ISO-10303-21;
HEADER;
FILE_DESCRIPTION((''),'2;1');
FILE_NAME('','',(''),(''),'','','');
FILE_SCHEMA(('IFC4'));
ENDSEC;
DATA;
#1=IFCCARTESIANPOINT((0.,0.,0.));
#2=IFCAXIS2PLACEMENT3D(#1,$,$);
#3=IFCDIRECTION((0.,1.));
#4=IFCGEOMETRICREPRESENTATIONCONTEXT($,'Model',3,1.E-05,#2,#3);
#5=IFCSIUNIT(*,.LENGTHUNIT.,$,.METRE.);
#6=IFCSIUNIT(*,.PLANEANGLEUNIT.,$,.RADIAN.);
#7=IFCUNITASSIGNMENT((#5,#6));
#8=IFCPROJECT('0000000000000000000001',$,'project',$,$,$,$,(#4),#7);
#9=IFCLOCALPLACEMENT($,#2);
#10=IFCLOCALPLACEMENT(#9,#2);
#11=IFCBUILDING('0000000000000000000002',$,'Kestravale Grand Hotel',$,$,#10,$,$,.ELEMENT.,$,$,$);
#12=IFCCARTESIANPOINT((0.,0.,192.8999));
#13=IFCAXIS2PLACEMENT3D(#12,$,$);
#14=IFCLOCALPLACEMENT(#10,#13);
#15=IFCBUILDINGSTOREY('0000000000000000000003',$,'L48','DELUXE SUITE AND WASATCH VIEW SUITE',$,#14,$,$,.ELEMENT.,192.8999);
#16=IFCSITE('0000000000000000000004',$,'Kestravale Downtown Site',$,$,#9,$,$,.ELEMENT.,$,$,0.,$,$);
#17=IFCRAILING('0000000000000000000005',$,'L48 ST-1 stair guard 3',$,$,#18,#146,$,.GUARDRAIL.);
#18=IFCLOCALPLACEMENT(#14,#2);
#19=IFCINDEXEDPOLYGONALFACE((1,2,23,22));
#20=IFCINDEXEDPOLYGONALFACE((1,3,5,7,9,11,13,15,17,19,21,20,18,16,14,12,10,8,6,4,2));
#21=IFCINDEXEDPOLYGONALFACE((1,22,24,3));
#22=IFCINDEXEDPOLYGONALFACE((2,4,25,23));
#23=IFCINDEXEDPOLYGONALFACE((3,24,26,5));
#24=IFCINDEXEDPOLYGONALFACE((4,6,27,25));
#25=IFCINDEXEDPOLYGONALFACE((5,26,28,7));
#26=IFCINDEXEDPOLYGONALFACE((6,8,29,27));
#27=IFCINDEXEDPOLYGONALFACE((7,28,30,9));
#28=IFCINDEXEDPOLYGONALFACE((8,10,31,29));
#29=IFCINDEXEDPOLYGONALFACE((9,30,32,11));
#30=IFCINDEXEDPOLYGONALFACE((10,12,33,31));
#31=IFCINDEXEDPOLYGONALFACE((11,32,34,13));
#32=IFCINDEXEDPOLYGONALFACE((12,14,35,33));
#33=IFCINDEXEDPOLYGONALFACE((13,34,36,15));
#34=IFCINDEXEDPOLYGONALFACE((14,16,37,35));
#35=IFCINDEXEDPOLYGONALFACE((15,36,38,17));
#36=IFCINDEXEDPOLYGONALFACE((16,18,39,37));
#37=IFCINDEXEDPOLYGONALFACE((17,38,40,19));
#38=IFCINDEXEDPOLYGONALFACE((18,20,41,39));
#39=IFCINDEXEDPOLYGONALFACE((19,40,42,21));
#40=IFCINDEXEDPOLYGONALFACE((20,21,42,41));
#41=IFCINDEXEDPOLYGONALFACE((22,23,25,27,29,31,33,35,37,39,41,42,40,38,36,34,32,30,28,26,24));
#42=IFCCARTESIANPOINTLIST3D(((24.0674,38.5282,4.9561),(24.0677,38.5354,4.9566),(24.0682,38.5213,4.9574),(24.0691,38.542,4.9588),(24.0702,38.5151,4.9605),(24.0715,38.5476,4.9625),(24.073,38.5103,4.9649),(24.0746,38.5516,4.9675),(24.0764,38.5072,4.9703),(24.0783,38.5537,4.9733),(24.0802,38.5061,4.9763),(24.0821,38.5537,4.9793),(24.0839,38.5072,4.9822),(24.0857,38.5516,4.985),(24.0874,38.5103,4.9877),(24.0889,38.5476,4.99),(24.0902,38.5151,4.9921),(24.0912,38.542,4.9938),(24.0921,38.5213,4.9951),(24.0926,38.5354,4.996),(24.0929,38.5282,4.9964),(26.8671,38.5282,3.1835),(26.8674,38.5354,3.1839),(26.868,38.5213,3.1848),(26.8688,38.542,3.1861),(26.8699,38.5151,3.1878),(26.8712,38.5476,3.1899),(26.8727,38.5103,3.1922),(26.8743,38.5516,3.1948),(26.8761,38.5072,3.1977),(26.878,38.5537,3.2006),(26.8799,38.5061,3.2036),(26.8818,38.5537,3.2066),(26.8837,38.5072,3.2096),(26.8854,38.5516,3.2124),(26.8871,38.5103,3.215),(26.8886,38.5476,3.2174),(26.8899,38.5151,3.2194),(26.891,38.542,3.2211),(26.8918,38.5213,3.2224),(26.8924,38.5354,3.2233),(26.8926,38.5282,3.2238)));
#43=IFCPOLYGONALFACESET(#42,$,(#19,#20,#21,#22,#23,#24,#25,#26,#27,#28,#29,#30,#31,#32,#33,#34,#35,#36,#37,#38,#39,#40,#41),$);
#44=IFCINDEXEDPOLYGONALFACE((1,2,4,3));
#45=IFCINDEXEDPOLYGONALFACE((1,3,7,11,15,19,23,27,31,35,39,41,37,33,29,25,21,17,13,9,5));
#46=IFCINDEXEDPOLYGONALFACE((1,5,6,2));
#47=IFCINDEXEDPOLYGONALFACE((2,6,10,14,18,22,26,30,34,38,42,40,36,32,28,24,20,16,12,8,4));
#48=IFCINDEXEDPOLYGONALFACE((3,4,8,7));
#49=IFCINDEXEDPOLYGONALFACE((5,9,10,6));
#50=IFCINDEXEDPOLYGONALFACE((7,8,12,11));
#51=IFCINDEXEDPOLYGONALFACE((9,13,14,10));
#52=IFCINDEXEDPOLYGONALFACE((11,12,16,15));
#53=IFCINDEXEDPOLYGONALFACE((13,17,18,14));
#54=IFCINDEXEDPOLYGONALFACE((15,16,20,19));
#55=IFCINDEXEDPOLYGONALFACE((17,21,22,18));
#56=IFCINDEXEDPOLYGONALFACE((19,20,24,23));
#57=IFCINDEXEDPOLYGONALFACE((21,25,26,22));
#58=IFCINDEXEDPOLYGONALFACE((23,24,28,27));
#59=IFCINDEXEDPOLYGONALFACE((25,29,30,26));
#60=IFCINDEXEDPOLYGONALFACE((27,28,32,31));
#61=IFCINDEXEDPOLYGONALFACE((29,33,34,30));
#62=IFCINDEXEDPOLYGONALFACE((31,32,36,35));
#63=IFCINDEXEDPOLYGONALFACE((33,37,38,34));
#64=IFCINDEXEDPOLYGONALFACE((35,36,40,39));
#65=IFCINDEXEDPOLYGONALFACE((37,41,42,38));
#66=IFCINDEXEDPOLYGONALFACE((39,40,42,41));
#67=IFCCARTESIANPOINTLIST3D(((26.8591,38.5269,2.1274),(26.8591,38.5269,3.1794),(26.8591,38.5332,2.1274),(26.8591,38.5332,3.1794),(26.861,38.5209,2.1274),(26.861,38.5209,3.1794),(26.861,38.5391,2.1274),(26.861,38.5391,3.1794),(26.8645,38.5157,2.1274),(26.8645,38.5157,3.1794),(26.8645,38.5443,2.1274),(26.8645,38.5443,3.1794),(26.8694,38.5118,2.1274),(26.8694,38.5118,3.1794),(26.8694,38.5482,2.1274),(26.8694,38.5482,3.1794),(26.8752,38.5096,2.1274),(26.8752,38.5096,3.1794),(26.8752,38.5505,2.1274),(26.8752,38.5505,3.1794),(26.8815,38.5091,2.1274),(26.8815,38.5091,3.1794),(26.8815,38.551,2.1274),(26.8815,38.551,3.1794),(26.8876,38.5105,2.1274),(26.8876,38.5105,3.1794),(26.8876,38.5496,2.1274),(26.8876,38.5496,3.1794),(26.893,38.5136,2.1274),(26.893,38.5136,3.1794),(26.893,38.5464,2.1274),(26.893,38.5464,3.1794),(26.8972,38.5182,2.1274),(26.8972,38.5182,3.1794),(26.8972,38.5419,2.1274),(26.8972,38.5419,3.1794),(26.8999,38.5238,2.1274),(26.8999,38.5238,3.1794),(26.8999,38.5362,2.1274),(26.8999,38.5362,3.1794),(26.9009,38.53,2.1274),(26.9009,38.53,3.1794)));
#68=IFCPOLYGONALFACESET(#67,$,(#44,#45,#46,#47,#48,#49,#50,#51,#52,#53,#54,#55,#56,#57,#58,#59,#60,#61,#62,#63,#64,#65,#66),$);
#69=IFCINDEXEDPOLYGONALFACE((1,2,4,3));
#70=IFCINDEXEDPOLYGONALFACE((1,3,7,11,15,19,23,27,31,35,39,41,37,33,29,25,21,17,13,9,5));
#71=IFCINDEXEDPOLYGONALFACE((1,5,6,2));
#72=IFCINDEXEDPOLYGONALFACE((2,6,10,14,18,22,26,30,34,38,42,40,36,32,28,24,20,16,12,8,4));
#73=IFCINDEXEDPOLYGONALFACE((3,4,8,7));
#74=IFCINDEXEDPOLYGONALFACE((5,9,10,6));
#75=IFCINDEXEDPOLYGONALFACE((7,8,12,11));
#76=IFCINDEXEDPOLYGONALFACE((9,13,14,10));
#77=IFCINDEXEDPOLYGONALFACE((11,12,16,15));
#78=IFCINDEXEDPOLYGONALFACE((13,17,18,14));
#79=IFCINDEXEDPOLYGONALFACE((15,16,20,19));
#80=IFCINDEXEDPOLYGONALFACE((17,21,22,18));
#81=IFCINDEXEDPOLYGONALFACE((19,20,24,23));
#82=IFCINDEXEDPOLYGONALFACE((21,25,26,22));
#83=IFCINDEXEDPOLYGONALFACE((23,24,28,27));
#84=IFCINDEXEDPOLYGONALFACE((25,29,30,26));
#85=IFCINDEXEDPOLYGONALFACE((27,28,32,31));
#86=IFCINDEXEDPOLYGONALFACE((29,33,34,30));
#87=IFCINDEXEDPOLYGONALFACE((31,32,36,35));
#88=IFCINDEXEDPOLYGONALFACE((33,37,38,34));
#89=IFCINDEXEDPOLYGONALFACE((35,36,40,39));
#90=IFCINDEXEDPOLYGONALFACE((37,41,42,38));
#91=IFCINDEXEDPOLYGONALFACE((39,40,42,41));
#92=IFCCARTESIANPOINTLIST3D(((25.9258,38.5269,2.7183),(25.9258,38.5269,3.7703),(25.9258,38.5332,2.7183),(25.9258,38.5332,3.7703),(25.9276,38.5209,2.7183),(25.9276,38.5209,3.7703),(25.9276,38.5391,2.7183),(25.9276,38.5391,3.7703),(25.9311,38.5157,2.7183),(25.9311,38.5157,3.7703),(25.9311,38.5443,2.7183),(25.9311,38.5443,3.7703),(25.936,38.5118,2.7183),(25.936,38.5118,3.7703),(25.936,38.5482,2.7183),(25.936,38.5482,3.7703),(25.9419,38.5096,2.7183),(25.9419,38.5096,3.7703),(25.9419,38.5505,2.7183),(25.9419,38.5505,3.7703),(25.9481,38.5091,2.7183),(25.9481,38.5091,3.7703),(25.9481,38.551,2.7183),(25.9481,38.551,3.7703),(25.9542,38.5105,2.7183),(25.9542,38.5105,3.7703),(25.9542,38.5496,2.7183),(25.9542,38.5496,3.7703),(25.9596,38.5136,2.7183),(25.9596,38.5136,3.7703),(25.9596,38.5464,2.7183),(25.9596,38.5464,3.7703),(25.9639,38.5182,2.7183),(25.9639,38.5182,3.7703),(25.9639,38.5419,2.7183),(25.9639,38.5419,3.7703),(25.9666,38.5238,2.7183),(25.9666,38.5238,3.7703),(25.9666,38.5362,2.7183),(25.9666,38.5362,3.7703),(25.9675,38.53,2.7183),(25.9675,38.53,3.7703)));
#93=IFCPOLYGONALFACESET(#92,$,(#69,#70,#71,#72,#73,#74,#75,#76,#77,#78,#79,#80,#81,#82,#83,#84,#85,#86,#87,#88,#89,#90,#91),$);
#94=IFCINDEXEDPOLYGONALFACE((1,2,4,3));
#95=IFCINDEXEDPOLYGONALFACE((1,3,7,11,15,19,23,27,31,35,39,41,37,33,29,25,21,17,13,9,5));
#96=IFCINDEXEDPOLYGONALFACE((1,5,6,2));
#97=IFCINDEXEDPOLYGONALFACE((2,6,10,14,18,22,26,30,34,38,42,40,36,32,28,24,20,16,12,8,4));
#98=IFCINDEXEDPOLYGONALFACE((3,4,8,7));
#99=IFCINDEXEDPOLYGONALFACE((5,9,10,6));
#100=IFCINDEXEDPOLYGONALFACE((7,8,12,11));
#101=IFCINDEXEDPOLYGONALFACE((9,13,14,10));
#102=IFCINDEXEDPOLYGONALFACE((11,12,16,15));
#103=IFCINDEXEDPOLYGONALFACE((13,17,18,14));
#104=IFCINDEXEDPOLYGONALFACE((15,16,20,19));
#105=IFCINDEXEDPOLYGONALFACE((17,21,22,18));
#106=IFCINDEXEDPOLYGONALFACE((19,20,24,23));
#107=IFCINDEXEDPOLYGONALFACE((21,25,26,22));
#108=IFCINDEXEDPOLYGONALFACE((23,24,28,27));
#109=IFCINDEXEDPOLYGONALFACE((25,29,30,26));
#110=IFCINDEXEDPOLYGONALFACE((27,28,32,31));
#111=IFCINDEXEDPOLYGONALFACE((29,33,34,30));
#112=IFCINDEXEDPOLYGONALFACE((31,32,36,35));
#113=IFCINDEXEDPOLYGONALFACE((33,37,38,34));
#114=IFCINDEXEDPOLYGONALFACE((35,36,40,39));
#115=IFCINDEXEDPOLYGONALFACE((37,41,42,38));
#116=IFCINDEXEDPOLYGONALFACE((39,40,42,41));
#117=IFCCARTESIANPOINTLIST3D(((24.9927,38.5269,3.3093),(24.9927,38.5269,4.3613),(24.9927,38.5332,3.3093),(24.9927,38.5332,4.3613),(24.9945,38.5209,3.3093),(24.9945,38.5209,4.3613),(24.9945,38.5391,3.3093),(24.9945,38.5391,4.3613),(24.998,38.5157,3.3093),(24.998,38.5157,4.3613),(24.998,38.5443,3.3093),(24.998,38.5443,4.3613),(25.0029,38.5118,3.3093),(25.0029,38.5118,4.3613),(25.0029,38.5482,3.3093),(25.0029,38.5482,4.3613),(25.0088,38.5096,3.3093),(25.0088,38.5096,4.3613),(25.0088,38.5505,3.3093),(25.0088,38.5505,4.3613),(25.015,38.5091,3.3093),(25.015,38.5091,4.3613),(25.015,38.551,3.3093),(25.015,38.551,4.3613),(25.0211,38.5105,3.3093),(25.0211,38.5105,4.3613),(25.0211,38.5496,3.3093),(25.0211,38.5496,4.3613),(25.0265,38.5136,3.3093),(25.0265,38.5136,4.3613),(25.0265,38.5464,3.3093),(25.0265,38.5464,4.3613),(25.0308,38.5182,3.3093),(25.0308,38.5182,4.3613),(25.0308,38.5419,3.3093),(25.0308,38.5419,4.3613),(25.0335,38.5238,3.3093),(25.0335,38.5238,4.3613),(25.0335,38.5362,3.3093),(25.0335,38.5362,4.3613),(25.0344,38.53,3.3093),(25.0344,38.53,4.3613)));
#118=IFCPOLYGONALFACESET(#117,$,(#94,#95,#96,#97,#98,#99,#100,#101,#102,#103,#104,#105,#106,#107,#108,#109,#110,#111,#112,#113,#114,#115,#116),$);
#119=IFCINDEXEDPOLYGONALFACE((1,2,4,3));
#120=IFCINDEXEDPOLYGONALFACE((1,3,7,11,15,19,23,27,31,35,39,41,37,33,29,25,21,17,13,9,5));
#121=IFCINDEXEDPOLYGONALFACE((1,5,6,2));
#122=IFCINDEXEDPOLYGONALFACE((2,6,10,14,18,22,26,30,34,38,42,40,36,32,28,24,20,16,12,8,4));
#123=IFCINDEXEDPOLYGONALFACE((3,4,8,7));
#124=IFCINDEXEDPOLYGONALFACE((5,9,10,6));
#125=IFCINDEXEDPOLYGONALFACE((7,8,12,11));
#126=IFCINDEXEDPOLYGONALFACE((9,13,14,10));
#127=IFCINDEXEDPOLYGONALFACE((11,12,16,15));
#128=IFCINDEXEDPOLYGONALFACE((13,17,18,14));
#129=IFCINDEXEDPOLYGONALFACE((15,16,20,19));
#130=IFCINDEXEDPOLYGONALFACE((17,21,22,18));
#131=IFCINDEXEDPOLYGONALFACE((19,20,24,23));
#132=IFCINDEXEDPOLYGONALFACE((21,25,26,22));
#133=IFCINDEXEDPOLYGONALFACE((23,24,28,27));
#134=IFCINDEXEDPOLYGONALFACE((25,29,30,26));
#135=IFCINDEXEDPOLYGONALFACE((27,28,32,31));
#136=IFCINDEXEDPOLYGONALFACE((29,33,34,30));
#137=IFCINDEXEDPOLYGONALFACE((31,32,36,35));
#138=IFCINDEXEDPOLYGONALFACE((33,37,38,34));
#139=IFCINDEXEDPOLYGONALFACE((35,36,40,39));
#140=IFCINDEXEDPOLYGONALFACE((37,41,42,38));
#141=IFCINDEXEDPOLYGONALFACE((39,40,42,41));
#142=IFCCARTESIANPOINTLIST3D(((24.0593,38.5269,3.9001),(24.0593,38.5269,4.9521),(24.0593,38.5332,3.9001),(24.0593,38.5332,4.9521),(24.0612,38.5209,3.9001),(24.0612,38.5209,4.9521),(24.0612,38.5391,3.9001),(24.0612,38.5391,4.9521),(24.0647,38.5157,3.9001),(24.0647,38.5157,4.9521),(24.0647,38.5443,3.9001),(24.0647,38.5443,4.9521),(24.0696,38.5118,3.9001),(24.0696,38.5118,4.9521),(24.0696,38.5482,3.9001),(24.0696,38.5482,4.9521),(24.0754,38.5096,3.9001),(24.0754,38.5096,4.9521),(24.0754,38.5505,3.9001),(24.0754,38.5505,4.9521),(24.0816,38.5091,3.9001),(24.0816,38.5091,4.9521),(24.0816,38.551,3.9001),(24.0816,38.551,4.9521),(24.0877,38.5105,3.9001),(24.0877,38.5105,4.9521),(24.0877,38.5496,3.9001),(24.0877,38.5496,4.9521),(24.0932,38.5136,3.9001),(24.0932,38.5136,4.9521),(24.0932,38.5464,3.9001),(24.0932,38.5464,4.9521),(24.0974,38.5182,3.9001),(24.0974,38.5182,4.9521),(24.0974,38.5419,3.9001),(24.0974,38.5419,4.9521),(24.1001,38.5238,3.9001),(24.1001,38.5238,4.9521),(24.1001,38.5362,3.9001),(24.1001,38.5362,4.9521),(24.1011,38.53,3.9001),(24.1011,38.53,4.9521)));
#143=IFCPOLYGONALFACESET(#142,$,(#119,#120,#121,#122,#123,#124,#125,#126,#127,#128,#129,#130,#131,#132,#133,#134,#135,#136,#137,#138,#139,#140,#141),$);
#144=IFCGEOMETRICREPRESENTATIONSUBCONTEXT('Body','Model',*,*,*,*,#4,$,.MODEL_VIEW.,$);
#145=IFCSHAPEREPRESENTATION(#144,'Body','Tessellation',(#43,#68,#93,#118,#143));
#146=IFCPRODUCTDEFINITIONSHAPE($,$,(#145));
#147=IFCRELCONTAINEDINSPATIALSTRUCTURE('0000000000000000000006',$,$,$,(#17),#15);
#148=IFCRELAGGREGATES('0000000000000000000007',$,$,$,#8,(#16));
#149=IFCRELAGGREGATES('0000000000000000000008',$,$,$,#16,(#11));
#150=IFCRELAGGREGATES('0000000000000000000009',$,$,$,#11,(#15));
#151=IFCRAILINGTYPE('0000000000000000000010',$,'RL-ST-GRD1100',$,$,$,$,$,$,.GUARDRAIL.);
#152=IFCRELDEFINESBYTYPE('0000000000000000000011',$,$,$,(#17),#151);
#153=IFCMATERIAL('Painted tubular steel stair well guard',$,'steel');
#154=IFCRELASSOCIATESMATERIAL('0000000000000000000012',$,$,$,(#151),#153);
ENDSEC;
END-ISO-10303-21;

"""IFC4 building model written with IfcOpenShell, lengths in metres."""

from ifc_helpers import new_model, si_unit, direction, frame, origin, origin_2d, place, context, subcontext, project, spatial, circle, extrude, material, type_object, element, save


model = new_model("IFC4")

# Units and contexts
model_context = context("Model", 3, precision=1e-05, world=origin(), true_north=direction((0.0, 1.0)))
body_context = subcontext(model_context, "Body", "Model", "MODEL_VIEW")
ifc_project = project(units=[si_unit("LENGTHUNIT", "METRE"), si_unit("PLANEANGLEUNIT", "RADIAN")], contexts=[model_context])

# Site, building, storey
site_placement = place(None, origin())
site = spatial("IfcSite", under=ifc_project, at=site_placement, Name="Kestravale Downtown Site", CompositionType="ELEMENT", RefElevation=0.0)
building_placement = place(site_placement, origin())
building = spatial("IfcBuilding", under=site, at=building_placement, Name="Kestravale Grand Hotel", CompositionType="ELEMENT")
storey_placement = place(building_placement, frame((0.0, 0.0, 192.8999)))
storey = spatial("IfcBuildingStorey", under=building, at=storey_placement, Name="L48", Description="DELUXE SUITE AND WASATCH VIEW SUITE", CompositionType="ELEMENT", Elevation=192.8999)

# Railing
ifc_material_1 = material(Name="Painted tubular steel stair well guard", Category="steel")
railing_type_1 = type_object("IfcRailingType", Name="RL-ST-GRD1100", PredefinedType="GUARDRAIL", material=ifc_material_1)
railing_1_placement = place(storey_placement, frame((26.8799, 38.53, 2.1274)))
element("IfcRailing", 1, at=railing_1_placement, inside=storey, type_object=railing_type_1, Name="L48 ST-1 stair guard 3", PredefinedType="GUARDRAIL", context=body_context, shape_type="SweptSolid", body=[
    extrude(circle(Radius=0.0239, at=origin_2d()), frame((0.0, 0.0, 1.0762), z_axis=(-0.844888, 0.0, 0.534943), x_axis=(0.0, -1.0, 0.0)), (0.0, 0.0, 1.0), 3.3137),
    extrude(circle(Radius=0.021, at=origin_2d()), origin(), (0.0, 0.0, 1.0), 1.052),
    extrude(circle(Radius=0.021, at=origin_2d()), frame((-0.9333, 0.0, 0.5908)), (0.0, 0.0, 1.0), 1.052),
    extrude(circle(Radius=0.021, at=origin_2d()), frame((-1.8665, 0.0, 1.1819)), (0.0, 0.0, 1.0), 1.052),
    extrude(circle(Radius=0.021, at=origin_2d()), frame((-2.7998, 0.0, 1.7727)), (0.0, 0.0, 1.0), 1.052),
])

save(model, "model.ifc")
